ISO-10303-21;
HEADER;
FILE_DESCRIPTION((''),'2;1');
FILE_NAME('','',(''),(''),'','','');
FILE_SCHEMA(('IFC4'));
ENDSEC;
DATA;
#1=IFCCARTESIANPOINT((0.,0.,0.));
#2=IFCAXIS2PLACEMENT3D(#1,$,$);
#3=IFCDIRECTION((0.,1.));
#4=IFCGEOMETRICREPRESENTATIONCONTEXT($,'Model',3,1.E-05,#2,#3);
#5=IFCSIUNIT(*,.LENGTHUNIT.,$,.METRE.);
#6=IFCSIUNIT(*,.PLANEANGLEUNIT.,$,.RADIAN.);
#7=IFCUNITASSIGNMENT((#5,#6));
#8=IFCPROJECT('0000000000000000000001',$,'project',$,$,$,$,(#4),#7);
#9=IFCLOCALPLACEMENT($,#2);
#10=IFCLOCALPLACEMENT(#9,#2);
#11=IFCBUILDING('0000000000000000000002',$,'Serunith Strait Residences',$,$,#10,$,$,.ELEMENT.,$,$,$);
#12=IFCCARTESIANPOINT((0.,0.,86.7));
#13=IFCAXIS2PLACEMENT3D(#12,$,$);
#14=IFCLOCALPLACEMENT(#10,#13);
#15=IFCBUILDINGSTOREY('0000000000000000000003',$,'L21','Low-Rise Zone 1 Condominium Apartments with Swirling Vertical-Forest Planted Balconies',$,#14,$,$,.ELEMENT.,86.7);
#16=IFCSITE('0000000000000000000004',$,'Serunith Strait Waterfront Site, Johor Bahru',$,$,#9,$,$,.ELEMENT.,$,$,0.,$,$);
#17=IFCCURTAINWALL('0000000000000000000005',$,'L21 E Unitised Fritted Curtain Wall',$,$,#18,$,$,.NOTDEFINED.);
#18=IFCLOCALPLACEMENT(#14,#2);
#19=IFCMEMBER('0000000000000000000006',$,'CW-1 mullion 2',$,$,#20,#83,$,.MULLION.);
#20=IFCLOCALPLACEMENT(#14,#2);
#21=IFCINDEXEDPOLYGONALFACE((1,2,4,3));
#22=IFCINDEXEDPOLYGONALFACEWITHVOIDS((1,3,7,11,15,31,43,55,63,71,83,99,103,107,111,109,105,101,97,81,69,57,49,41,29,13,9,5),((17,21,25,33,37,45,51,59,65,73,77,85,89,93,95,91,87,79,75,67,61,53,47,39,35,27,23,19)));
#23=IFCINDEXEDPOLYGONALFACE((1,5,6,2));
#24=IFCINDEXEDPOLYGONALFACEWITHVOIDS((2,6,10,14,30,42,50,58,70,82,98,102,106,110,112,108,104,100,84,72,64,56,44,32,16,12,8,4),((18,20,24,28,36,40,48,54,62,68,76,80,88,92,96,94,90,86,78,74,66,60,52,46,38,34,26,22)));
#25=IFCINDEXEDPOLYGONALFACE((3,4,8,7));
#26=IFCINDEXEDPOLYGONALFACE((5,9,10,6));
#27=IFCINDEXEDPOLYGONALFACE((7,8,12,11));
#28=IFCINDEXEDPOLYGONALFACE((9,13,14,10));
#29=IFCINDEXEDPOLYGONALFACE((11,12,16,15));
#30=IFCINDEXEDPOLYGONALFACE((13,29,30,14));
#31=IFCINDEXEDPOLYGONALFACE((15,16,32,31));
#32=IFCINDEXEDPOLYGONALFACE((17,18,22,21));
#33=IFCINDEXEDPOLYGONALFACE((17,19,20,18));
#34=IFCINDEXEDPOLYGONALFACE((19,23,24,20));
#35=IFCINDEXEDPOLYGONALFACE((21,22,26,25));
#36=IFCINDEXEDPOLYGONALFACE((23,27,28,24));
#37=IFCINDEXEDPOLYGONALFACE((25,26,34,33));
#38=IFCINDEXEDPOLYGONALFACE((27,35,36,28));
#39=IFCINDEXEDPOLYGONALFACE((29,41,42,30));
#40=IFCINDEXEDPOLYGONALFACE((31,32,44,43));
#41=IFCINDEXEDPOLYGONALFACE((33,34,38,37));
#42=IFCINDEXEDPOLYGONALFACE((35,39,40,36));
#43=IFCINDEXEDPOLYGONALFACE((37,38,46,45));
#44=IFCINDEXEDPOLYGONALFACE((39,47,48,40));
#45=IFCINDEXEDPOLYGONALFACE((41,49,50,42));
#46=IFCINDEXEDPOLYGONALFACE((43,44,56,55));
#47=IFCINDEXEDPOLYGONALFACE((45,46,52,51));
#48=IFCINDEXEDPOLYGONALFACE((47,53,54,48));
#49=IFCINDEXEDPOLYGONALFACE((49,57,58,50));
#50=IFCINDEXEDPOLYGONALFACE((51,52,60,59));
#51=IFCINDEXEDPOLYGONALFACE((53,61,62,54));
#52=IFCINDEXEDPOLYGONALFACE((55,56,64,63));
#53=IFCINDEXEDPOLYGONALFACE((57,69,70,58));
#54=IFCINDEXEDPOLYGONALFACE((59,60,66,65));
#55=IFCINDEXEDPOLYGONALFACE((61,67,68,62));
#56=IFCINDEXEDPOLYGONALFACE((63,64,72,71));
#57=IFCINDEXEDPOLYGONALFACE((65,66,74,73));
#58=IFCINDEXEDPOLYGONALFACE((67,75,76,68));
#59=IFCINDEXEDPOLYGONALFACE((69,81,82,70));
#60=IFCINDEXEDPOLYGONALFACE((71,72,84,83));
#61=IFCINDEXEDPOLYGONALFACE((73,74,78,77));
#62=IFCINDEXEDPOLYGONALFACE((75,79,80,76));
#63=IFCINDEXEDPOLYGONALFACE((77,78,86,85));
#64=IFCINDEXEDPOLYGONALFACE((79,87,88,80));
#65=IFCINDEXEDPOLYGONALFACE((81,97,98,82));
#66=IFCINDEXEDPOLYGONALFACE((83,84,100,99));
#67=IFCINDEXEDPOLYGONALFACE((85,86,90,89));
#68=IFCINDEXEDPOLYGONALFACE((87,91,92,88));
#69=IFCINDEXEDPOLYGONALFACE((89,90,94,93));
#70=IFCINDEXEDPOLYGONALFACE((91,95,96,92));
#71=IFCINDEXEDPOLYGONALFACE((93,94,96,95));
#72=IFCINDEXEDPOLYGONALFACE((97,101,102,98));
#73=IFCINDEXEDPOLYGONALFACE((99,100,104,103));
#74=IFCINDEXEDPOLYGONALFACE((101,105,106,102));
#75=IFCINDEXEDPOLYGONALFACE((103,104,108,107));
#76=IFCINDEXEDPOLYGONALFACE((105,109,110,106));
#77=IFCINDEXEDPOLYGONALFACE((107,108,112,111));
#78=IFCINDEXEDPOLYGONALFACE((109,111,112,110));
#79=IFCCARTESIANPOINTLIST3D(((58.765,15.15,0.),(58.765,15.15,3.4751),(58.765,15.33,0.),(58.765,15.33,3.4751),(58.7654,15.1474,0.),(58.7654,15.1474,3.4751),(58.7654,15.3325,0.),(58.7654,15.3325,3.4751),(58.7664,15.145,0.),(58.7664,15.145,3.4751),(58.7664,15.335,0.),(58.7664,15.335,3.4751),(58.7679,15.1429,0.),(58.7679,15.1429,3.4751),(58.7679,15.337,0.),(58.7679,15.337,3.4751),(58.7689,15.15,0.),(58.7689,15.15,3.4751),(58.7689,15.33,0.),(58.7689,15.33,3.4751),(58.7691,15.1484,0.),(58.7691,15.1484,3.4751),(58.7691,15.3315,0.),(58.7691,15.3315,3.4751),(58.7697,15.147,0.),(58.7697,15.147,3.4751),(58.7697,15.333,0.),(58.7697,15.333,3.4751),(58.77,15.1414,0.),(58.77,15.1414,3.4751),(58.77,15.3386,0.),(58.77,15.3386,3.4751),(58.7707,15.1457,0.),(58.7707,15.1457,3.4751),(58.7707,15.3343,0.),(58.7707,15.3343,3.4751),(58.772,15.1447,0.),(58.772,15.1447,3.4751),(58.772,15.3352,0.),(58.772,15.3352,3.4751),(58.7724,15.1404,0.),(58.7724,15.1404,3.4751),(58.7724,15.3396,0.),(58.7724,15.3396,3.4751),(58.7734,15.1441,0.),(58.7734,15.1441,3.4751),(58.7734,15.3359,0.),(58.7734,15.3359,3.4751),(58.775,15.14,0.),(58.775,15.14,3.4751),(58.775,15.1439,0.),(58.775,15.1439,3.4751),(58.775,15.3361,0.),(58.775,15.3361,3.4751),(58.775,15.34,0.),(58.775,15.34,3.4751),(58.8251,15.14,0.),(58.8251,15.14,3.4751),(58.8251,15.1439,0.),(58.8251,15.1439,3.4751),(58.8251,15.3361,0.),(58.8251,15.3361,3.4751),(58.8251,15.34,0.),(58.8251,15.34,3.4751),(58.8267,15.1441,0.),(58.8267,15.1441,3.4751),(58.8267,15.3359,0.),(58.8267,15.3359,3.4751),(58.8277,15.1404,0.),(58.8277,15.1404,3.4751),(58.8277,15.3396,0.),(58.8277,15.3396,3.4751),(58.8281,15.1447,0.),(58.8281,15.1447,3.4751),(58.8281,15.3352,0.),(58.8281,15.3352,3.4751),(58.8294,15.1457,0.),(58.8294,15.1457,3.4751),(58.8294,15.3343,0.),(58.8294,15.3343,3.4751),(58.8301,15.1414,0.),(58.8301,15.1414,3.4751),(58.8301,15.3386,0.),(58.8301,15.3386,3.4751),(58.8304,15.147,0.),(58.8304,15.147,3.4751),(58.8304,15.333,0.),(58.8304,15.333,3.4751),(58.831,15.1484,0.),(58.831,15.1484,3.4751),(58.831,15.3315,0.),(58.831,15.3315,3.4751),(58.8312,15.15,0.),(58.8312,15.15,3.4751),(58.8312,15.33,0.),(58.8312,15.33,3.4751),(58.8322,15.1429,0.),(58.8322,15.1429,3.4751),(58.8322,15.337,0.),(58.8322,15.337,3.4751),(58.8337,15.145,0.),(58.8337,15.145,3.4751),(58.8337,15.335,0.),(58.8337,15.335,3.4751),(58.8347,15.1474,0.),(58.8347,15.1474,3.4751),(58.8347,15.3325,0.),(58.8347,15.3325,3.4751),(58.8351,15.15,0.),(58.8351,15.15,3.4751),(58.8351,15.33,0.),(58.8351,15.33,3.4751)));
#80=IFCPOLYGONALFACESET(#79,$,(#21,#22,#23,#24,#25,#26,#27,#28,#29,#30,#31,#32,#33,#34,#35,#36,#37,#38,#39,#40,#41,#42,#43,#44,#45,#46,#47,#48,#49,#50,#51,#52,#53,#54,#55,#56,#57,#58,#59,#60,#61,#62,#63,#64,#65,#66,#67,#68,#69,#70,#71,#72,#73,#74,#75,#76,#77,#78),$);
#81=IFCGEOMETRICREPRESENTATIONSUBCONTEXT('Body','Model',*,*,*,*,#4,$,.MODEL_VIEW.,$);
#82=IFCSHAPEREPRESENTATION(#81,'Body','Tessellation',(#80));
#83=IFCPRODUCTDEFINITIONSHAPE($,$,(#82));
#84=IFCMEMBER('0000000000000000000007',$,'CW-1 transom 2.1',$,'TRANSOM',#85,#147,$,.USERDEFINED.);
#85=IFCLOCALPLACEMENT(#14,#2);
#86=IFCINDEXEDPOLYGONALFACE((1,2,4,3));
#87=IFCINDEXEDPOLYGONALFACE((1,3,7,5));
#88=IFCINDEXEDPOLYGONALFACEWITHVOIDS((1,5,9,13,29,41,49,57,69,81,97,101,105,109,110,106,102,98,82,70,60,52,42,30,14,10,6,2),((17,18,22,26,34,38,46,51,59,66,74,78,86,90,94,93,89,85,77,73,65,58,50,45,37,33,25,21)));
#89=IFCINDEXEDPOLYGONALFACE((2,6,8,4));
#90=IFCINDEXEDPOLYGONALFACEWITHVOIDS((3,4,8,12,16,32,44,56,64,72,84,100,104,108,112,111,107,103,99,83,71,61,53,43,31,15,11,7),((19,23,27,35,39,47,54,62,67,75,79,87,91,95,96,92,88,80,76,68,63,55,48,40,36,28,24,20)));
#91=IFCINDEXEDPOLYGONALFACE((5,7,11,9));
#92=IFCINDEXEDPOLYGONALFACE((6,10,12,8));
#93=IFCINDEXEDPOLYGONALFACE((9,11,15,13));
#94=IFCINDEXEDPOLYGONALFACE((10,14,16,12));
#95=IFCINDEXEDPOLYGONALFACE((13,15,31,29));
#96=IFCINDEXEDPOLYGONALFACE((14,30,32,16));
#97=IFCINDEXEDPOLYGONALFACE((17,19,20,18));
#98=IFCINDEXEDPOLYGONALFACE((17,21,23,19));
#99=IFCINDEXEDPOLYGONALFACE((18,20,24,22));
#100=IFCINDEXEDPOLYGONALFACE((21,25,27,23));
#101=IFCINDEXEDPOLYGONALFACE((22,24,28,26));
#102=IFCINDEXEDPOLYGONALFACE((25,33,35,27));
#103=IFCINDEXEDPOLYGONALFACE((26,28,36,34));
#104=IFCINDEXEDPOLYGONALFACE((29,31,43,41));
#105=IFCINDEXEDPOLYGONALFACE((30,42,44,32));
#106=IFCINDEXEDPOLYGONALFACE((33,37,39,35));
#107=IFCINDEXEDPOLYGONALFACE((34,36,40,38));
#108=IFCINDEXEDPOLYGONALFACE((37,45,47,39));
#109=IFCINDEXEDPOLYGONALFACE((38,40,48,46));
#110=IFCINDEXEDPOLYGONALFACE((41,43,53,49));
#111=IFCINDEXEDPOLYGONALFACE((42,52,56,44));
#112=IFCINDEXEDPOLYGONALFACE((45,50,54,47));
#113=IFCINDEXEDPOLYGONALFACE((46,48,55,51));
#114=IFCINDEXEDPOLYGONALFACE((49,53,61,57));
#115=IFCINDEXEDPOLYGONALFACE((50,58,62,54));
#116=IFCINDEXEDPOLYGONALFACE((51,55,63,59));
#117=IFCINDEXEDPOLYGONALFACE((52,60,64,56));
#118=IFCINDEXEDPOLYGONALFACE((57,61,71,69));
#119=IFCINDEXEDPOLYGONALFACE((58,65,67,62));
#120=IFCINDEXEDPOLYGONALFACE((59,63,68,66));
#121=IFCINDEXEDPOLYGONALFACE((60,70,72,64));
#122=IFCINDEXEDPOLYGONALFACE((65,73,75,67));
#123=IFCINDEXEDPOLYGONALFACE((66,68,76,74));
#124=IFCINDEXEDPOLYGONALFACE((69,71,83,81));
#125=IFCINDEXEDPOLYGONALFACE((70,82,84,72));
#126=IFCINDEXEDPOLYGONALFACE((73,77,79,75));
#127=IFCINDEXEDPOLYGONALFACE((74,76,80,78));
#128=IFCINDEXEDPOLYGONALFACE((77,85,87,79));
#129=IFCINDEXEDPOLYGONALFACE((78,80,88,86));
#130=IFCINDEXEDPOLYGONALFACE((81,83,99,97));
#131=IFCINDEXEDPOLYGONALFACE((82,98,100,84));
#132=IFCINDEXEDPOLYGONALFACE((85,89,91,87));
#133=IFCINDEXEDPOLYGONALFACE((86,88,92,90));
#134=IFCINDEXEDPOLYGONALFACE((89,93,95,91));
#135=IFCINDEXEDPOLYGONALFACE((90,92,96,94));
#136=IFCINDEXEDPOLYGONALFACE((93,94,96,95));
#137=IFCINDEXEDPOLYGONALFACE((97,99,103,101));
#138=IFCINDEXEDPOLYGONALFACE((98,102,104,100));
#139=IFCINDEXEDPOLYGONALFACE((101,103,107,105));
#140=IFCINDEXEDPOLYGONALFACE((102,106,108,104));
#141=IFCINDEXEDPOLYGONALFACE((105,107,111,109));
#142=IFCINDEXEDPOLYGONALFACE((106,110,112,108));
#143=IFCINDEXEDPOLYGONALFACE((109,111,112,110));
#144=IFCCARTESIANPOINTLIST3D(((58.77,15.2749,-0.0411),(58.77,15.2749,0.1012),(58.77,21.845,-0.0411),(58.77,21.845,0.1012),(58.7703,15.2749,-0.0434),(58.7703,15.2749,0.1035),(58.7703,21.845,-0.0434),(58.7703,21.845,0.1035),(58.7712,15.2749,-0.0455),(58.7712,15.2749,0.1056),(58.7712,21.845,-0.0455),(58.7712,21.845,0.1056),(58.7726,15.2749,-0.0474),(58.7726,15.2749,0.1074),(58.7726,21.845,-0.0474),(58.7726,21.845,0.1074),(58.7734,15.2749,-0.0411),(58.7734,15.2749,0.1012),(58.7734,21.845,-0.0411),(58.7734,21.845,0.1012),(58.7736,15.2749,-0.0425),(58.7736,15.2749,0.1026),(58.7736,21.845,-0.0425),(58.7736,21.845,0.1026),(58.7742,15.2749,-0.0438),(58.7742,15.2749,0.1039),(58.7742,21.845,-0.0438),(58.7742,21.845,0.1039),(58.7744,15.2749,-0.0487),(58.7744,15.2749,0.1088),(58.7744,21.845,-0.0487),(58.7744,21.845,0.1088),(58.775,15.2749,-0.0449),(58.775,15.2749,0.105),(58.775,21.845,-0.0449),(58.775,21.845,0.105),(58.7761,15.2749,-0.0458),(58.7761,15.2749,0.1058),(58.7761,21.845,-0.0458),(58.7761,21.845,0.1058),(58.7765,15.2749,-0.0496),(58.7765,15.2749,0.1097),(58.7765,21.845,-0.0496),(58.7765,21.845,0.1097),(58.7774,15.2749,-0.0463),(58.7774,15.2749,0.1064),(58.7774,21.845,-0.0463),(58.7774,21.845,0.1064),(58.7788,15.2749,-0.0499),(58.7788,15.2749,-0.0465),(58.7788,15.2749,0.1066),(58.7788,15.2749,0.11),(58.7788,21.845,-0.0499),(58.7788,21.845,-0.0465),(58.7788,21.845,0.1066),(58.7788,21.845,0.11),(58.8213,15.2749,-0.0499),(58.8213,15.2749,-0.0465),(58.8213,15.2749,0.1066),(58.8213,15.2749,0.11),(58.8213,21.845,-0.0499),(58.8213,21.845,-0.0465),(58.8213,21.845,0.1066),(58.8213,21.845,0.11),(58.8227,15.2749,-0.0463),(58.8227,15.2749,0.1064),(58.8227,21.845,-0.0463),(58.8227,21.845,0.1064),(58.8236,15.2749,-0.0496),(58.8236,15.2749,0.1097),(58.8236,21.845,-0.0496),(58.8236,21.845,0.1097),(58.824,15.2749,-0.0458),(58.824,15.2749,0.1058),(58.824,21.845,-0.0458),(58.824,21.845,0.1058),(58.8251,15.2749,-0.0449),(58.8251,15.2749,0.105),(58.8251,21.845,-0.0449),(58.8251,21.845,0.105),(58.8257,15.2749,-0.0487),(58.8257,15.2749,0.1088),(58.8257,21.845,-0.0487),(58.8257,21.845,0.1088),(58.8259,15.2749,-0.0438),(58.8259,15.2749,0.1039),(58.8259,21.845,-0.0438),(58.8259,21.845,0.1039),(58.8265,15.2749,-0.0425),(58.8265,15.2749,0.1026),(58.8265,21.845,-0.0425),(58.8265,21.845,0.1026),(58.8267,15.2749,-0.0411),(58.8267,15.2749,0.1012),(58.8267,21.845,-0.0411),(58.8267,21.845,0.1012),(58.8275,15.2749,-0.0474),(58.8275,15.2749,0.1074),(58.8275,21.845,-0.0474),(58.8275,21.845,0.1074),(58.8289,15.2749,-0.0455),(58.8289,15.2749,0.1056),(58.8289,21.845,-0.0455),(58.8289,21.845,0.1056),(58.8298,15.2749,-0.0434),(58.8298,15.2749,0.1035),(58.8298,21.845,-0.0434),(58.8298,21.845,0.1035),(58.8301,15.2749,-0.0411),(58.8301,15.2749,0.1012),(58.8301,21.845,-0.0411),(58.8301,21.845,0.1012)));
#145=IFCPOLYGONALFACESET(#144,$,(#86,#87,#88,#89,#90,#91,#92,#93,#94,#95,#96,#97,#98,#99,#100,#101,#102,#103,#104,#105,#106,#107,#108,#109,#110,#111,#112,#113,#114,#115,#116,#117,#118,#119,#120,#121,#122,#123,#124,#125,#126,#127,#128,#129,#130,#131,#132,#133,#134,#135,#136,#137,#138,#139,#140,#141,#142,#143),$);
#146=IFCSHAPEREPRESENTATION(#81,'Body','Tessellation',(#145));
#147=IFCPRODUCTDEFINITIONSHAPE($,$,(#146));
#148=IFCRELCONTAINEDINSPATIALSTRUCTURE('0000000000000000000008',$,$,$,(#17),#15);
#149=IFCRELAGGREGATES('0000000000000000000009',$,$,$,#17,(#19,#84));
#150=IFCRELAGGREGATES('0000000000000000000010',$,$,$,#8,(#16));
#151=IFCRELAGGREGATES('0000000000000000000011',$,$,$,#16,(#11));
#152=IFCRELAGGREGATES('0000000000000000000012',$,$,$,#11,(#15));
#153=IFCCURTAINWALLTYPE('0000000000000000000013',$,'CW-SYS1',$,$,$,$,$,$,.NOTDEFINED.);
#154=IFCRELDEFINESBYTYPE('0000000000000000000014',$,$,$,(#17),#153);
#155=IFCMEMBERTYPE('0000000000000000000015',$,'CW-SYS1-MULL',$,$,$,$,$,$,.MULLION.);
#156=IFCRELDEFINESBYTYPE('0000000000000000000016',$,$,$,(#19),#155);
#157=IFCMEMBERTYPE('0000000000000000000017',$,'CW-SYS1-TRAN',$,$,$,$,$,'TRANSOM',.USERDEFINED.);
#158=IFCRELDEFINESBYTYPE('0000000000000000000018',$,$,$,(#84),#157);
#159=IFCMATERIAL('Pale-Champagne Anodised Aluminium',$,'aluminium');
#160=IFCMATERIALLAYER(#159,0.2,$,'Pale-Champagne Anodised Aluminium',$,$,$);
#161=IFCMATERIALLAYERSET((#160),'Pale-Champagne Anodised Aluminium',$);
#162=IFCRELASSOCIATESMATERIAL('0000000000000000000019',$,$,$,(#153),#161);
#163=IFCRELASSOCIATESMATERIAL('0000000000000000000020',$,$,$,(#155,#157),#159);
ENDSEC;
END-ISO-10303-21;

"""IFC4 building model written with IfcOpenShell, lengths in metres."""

from ifc_helpers import new_model, si_unit, direction, frame, origin, origin_2d, place, context, subcontext, project, spatial, hollow_rectangle, extrude, source, transform, mapped, material, layer, layer_set, material_profile, profile_set, type_object, element, aggregate, save


model = new_model("IFC4")

# Units and contexts
model_context = context("Model", 3, precision=1e-05, world=origin(), true_north=direction((0.0, 1.0)))
body_context = subcontext(model_context, "Body", "Model", "MODEL_VIEW")
ifc_project = project(units=[si_unit("LENGTHUNIT", "METRE"), si_unit("PLANEANGLEUNIT", "RADIAN")], contexts=[model_context])

# Site, building, storey
site_placement = place(None, origin())
site = spatial("IfcSite", under=ifc_project, at=site_placement, Name="Serunith Strait Waterfront Site, Johor Bahru", CompositionType="ELEMENT", RefElevation=0.0)
building_placement = place(site_placement, origin())
building = spatial("IfcBuilding", under=site, at=building_placement, Name="Serunith Strait Residences", CompositionType="ELEMENT")
storey_placement = place(building_placement, frame((0.0, 0.0, 86.7)))
storey = spatial("IfcBuildingStorey", under=building, at=storey_placement, Name="L21", Description="Low-Rise Zone 1 Condominium Apartments with Swirling Vertical-Forest Planted Balconies", CompositionType="ELEMENT", Elevation=86.7)

# Curtain wall, members
ifc_material_1 = material(Name="Pale-Champagne Anodised Aluminium", Category="aluminium")
ifc_layer_1 = layer(ifc_material_1, 0.2, Name="Pale-Champagne Anodised Aluminium")
ifc_layer_set_1 = layer_set([ifc_layer_1], Name="Pale-Champagne Anodised Aluminium")
curtain_wall_type = type_object("IfcCurtainWallType", Name="CW-SYS1", PredefinedType="NOTDEFINED", material=ifc_layer_set_1)
curtain_wall_placement = place(storey_placement, origin())
curtain_wall = element("IfcCurtainWall", 1, at=curtain_wall_placement, inside=storey, type_object=curtain_wall_type, Name="L21 E Unitised Fritted Curtain Wall", PredefinedType="NOTDEFINED")
ifc_material_profile_1 = material_profile(ifc_material_1, hollow_rectangle(XDim=0.0701, YDim=0.2, WallThickness=0.0039, InnerFilletRadius=0.0061, OuterFilletRadius=0.01, at=origin_2d()), Name="ALU 200x70x4")
ifc_profile_set_1 = profile_set([ifc_material_profile_1], Name="Pale-Champagne Anodised Aluminium")
member_type_1 = type_object("IfcMemberType", Name="CW-SYS1-MULL", PredefinedType="MULLION", material=ifc_profile_set_1)
shared_shape_1 = source(origin(), body_context, "Body", "SweptSolid", [
    extrude(hollow_rectangle(XDim=0.0701, YDim=0.2, WallThickness=0.0039, InnerFilletRadius=0.0061, OuterFilletRadius=0.01, at=origin_2d()), origin(), (0.0, 0.0, 1.0), 3.4751),
])
member_1_placement = place(storey_placement, frame((58.8, 15.24, 0.0), z_axis=(0.0, 0.0, 1.0), x_axis=(-1.0, 0.0, 0.0)))
member_1 = element("IfcMember", 2, at=member_1_placement, type_object=member_type_1, Name="CW-1 mullion 2", PredefinedType="MULLION", context=body_context, shape_type="MappedRepresentation", body=[
    mapped(shared_shape_1, transform((0.0, 0.0, 0.0), scale=1.0)),
])
ifc_material_profile_2 = material_profile(ifc_material_1, hollow_rectangle(XDim=0.0601, YDim=0.1599, WallThickness=0.0034, InnerFilletRadius=0.0054, OuterFilletRadius=0.0088, at=origin_2d()), Name="ALU 160x60x3.5")
ifc_profile_set_2 = profile_set([ifc_material_profile_2], Name="Pale-Champagne Anodised Aluminium")
member_type_2 = type_object("IfcMemberType", Name="CW-SYS1-TRAN", ElementType="TRANSOM", PredefinedType="USERDEFINED", material=ifc_profile_set_2)
shared_shape_2 = source(origin(), body_context, "Body", "SweptSolid", [
    extrude(hollow_rectangle(XDim=0.0601, YDim=0.1599, WallThickness=0.0034, InnerFilletRadius=0.0054, OuterFilletRadius=0.0088, at=origin_2d()), origin(), (0.0, 0.0, 1.0), 6.5701),
])
member_2_placement = place(storey_placement, frame((58.8, 15.2749, 0.03), z_axis=(0.0, 1.0, 0.0), x_axis=(-1.0, 0.0, 0.0)))
member_2 = element("IfcMember", 3, at=member_2_placement, type_object=member_type_2, Name="CW-1 transom 2.1", ObjectType="TRANSOM", PredefinedType="USERDEFINED", context=body_context, shape_type="MappedRepresentation", body=[
    mapped(shared_shape_2, transform((0.0, 0.0, 0.0), scale=1.0)),
])
aggregate(curtain_wall, [member_1, member_2])

save(model, "model.ifc")
